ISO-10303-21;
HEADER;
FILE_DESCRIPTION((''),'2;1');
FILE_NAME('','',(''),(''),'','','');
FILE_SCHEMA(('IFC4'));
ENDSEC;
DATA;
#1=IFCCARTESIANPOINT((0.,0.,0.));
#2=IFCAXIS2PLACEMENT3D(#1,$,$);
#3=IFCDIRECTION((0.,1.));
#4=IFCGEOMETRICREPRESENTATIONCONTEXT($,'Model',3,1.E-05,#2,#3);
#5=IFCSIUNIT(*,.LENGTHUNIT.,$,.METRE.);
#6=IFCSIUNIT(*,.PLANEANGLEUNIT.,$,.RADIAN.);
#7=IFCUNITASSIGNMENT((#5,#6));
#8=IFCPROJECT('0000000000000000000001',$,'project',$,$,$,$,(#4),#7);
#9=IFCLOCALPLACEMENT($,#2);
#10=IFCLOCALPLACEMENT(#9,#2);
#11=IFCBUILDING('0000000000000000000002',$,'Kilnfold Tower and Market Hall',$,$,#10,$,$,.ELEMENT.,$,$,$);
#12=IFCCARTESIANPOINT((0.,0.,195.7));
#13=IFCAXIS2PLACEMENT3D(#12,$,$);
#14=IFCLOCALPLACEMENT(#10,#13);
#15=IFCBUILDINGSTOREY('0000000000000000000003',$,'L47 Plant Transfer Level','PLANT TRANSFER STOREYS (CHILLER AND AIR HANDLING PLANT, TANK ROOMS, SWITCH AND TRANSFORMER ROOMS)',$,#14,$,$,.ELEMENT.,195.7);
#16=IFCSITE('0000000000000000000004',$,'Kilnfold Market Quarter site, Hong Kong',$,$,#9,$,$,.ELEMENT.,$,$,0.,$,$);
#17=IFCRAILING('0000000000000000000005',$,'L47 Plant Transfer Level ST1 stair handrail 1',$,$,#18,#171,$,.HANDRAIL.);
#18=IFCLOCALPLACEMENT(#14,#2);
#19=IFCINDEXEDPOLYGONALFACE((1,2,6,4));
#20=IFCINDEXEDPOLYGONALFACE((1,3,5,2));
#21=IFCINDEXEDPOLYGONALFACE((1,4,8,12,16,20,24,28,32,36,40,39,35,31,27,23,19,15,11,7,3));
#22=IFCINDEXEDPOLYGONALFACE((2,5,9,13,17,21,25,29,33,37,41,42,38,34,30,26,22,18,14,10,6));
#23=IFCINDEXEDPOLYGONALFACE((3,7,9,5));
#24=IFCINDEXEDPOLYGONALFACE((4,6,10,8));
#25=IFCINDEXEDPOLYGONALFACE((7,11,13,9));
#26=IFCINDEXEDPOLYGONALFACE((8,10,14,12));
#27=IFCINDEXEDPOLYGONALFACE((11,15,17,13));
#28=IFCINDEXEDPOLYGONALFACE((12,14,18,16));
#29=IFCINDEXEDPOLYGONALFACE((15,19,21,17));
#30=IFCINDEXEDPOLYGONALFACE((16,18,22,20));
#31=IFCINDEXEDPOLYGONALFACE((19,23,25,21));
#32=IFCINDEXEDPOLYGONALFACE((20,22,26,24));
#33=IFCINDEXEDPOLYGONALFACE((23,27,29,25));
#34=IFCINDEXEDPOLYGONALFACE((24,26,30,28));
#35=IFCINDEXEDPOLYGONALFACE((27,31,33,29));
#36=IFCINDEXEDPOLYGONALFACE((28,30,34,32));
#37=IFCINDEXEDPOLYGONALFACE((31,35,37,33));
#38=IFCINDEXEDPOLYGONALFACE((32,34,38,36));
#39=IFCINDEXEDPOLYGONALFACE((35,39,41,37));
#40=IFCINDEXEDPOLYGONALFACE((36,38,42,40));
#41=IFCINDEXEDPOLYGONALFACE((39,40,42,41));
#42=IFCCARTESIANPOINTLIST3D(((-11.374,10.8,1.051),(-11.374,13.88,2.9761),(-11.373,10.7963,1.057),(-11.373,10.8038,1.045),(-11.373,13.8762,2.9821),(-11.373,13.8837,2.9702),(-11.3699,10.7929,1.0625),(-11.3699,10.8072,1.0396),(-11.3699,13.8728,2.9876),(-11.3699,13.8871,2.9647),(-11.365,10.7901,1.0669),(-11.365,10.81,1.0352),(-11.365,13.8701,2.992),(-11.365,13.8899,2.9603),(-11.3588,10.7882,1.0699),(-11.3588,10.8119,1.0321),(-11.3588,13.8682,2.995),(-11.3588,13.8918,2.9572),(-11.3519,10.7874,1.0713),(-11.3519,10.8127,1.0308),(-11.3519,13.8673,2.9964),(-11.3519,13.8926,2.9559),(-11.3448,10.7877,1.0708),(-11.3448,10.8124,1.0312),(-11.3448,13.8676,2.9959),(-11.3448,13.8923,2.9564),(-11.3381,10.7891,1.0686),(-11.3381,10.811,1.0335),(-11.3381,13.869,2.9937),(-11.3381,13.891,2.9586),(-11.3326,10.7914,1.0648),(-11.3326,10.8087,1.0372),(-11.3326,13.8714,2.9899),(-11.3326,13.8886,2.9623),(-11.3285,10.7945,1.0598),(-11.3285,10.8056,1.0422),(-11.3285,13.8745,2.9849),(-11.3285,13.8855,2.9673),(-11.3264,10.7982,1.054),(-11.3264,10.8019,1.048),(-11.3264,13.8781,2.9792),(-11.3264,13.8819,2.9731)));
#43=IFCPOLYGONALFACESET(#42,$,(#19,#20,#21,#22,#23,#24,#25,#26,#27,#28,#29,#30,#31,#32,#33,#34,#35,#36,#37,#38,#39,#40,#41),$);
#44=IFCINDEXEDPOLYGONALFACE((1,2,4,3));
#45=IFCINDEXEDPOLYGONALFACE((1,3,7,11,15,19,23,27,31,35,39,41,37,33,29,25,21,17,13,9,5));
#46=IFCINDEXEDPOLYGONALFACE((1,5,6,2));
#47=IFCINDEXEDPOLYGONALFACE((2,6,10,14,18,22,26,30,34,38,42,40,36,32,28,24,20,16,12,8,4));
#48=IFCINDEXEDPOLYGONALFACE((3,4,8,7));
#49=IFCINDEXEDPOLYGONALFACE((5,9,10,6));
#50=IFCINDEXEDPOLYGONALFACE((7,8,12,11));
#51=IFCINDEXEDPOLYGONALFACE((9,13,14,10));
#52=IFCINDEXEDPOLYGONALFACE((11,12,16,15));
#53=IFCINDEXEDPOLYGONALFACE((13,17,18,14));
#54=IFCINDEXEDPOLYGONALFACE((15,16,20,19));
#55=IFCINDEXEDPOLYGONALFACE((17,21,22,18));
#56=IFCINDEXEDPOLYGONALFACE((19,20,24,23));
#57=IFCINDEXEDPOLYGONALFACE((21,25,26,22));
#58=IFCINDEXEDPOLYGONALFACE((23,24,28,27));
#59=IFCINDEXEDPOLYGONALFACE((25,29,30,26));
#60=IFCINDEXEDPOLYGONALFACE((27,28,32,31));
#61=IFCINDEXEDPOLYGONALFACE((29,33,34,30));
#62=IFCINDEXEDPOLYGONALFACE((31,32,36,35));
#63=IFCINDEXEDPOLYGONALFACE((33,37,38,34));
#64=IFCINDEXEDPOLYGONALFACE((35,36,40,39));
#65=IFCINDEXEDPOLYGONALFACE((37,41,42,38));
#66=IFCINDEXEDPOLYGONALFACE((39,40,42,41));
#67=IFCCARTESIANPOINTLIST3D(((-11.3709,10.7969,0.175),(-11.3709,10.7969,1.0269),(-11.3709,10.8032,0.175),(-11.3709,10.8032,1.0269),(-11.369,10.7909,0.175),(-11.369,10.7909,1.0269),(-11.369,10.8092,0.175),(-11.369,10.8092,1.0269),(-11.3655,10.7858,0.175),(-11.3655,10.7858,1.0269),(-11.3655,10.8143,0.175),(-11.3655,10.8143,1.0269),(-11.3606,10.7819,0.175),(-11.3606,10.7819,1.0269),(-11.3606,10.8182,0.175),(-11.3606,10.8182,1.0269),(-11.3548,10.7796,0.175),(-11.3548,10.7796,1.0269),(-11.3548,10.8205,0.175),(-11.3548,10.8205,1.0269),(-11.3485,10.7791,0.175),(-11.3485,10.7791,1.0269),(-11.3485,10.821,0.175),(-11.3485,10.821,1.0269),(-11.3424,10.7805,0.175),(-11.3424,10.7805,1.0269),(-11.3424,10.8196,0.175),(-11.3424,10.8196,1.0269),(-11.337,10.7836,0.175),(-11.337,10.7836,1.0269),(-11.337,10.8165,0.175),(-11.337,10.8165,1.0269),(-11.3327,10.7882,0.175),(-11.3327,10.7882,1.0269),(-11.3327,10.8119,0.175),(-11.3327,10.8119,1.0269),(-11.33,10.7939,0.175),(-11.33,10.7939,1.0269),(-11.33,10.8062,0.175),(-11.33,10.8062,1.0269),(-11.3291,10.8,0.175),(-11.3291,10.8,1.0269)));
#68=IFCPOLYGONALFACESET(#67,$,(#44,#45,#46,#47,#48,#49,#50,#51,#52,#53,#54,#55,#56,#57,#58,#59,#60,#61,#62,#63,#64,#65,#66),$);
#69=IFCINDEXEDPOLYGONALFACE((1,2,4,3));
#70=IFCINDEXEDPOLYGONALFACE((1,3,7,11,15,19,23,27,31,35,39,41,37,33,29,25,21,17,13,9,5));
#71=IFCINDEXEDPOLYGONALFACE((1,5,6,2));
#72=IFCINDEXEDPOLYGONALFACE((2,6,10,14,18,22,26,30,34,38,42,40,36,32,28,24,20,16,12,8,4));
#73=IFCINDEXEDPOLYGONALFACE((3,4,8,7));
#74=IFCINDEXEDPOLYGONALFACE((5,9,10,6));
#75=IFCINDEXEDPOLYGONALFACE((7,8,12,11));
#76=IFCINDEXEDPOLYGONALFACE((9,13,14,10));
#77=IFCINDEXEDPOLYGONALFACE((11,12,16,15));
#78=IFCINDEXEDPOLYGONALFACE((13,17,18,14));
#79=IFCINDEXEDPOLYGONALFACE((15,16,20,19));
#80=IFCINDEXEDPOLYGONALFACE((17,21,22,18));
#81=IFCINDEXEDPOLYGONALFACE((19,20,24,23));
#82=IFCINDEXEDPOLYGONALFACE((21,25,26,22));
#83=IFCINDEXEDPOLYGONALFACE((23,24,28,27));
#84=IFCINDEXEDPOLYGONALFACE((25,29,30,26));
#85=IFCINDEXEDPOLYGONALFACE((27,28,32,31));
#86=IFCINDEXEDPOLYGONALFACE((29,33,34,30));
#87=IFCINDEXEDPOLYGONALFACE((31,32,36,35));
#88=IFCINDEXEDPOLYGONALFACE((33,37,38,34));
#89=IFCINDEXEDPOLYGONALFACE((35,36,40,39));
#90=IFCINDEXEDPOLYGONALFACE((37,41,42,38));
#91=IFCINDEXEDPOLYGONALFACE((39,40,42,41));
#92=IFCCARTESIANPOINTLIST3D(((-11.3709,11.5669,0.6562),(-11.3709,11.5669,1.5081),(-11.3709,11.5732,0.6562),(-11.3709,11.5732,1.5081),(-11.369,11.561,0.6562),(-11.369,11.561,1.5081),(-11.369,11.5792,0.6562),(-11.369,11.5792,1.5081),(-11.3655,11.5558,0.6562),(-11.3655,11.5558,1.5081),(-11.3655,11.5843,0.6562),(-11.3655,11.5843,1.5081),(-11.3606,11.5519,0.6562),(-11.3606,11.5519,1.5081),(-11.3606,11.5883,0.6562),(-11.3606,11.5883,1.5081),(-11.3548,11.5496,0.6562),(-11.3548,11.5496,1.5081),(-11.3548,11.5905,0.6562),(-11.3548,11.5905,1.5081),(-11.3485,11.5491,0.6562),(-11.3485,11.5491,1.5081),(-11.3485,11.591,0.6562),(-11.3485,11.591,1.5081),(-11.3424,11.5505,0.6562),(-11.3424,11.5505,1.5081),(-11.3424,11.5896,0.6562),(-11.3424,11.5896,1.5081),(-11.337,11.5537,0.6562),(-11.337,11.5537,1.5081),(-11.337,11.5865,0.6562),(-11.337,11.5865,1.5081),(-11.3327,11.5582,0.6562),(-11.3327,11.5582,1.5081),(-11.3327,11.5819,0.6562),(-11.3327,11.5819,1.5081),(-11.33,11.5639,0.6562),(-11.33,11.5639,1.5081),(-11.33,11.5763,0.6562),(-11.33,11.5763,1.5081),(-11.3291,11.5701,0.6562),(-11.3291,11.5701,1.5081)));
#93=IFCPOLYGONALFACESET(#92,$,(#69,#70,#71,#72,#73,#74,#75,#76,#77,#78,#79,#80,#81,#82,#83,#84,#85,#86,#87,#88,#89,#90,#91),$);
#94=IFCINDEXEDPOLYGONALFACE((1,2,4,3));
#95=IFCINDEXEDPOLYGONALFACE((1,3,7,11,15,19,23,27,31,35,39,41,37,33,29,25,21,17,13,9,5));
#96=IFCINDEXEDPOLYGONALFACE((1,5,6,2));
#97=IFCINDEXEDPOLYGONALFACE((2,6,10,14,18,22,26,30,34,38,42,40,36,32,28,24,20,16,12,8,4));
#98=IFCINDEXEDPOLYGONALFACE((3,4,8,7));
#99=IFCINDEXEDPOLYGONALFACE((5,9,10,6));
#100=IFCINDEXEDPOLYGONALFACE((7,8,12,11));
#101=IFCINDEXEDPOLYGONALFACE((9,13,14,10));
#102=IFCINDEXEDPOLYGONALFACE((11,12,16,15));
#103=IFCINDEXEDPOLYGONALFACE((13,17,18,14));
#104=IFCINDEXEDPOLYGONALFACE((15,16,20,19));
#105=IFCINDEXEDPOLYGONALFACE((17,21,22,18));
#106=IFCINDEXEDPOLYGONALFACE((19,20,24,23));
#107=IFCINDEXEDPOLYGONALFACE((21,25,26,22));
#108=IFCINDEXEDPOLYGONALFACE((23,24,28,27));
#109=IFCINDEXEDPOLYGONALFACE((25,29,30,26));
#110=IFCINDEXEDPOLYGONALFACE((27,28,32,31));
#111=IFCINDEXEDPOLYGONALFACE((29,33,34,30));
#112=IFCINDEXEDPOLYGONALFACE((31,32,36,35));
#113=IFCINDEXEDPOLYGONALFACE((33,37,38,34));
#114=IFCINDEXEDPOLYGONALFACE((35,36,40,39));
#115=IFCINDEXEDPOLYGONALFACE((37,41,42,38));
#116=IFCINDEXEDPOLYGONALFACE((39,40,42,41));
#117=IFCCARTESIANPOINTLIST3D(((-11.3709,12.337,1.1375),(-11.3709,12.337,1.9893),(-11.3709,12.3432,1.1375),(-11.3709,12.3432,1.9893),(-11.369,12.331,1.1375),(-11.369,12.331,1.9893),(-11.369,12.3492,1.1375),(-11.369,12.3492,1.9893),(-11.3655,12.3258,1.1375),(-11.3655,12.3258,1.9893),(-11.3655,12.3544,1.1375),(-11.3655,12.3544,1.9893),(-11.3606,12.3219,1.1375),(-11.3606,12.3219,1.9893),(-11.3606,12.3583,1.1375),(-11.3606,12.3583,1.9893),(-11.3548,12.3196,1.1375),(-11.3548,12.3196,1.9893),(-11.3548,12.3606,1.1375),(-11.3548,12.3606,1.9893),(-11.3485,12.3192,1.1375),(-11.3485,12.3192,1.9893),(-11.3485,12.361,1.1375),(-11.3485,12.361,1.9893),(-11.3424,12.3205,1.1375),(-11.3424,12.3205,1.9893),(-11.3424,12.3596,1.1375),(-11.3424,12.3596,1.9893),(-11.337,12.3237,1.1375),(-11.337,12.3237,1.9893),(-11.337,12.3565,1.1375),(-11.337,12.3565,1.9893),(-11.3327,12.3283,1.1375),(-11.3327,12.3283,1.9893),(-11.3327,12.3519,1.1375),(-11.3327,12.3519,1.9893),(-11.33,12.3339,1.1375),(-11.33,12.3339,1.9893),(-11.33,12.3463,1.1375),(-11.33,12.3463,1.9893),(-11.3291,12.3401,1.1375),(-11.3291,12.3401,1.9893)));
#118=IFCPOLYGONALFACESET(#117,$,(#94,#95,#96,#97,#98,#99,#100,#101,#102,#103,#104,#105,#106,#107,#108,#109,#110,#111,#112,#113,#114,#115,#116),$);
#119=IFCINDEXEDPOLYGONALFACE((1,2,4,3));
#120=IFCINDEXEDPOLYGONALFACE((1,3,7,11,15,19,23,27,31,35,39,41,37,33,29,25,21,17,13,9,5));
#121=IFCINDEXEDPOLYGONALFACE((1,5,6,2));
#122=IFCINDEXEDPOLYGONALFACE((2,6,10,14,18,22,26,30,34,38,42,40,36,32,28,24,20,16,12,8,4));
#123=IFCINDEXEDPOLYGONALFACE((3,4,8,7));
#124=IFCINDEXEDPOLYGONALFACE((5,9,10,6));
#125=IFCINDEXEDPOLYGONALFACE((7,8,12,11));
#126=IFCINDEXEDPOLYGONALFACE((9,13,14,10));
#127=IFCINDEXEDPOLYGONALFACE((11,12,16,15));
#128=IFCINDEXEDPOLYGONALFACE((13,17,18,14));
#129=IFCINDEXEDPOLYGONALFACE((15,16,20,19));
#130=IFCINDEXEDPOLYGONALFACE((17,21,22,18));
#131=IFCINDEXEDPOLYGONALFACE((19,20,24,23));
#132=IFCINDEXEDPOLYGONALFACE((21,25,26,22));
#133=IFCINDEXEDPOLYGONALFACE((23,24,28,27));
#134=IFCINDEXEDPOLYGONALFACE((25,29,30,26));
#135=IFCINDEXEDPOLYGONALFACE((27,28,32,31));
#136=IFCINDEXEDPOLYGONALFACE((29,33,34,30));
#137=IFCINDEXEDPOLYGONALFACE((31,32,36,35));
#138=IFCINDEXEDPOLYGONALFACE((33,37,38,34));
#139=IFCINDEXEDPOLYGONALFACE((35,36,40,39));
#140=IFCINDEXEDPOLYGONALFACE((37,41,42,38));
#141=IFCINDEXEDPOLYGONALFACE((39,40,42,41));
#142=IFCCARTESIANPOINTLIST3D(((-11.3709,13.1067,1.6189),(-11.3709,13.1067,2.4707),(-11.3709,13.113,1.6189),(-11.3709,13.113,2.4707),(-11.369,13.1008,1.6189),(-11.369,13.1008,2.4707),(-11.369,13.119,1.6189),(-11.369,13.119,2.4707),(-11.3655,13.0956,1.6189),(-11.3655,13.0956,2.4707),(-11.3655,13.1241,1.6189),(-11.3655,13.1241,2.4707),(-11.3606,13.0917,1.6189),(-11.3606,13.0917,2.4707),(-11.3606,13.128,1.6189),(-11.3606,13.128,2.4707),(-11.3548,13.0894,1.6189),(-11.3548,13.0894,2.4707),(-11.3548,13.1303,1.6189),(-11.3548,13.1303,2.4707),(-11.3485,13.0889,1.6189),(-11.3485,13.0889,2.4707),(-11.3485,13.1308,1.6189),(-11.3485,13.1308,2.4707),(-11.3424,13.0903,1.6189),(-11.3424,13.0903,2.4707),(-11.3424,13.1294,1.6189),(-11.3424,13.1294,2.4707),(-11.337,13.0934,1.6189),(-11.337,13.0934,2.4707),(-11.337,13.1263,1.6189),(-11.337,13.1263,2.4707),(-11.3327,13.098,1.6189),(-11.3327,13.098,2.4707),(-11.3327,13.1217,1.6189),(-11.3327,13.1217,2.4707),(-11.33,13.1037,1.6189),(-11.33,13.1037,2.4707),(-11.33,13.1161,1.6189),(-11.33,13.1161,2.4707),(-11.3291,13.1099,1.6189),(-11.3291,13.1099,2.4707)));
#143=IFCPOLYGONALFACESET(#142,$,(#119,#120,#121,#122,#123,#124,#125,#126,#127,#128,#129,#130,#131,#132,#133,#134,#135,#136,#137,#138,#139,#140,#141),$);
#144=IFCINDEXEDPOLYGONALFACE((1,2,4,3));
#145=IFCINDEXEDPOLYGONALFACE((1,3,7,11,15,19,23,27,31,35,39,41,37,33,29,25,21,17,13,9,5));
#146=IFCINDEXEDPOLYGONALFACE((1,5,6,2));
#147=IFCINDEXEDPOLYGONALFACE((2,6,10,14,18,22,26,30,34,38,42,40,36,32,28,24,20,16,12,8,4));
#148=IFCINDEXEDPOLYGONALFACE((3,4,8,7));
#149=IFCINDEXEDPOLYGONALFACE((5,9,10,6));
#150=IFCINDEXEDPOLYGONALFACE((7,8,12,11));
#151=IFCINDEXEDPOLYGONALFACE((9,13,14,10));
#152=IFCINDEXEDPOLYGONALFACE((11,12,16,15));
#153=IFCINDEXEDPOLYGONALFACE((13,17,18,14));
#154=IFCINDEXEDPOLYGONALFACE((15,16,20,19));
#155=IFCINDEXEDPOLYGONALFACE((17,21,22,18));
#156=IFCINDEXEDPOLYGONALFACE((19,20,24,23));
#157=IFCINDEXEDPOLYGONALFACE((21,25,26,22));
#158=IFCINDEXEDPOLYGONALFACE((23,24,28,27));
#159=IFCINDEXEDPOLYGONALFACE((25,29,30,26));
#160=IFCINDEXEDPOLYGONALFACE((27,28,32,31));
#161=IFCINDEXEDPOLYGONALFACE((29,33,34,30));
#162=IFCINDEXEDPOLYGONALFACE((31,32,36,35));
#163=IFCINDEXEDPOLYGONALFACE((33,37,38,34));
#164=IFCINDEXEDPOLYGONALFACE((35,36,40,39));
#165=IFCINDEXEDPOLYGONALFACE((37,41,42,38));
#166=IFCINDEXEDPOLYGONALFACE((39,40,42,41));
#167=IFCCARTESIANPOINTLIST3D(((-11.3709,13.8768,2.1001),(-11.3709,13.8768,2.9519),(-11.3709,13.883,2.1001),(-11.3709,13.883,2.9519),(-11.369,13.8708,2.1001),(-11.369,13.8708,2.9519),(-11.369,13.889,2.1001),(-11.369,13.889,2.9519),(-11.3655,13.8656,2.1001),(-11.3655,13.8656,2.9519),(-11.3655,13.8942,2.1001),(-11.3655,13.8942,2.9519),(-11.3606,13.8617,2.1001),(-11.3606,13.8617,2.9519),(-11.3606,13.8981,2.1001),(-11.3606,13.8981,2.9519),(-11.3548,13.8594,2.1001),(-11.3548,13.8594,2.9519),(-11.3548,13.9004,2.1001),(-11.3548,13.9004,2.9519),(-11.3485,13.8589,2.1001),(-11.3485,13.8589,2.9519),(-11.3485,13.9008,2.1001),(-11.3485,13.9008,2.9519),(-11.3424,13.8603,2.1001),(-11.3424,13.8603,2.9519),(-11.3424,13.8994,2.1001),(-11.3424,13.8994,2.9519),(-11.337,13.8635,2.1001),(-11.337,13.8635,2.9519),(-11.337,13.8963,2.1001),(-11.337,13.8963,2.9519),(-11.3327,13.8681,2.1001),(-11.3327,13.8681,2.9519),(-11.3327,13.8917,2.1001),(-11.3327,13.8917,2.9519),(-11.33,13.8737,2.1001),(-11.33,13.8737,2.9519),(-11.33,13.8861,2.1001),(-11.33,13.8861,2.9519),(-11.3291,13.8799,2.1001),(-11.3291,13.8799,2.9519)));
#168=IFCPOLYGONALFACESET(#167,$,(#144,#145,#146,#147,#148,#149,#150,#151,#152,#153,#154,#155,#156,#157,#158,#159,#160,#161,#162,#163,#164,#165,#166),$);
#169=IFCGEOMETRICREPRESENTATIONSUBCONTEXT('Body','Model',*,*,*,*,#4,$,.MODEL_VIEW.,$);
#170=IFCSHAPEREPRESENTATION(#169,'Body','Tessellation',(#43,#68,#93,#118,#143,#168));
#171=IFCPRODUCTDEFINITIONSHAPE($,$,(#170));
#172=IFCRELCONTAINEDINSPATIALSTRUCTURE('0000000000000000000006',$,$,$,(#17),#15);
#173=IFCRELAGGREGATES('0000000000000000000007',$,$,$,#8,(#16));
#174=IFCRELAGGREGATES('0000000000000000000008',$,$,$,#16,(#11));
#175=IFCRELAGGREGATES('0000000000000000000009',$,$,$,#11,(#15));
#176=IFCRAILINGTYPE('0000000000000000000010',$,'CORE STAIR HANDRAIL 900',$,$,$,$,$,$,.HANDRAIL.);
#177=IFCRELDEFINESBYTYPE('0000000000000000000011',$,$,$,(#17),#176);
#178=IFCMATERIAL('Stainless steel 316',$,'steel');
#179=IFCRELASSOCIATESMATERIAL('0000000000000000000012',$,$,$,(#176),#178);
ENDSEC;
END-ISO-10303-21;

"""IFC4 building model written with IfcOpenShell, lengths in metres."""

from ifc_helpers import new_model, si_unit, direction, frame, origin, origin_2d, place, context, subcontext, project, spatial, circle, extrude, material, type_object, element, save


model = new_model("IFC4")

# Units and contexts
model_context = context("Model", 3, precision=1e-05, world=origin(), true_north=direction((0.0, 1.0)))
body_context = subcontext(model_context, "Body", "Model", "MODEL_VIEW")
ifc_project = project(units=[si_unit("LENGTHUNIT", "METRE"), si_unit("PLANEANGLEUNIT", "RADIAN")], contexts=[model_context])

# Site, building, storey
site_placement = place(None, origin())
site = spatial("IfcSite", under=ifc_project, at=site_placement, Name="Kilnfold Market Quarter site, Hong Kong", CompositionType="ELEMENT", RefElevation=0.0)
building_placement = place(site_placement, origin())
building = spatial("IfcBuilding", under=site, at=building_placement, Name="Kilnfold Tower and Market Hall", CompositionType="ELEMENT")
storey_placement = place(building_placement, frame((0.0, 0.0, 195.7)))
storey = spatial("IfcBuildingStorey", under=building, at=storey_placement, Name="L47 Plant Transfer Level", Description="PLANT TRANSFER STOREYS (CHILLER AND AIR HANDLING PLANT, TANK ROOMS, SWITCH AND TRANSFORMER ROOMS)", CompositionType="ELEMENT", Elevation=195.7)

# Railing
ifc_material_1 = material(Name="Stainless steel 316", Category="steel")
railing_type_1 = type_object("IfcRailingType", Name="CORE STAIR HANDRAIL 900", PredefinedType="HANDRAIL", material=ifc_material_1)
railing_1_placement = place(storey_placement, frame((-11.3501, 10.8, 0.175)))
element("IfcRailing", 1, at=railing_1_placement, inside=storey, type_object=railing_type_1, Name="L47 Plant Transfer Level ST1 stair handrail 1", PredefinedType="HANDRAIL", context=body_context, shape_type="SweptSolid", body=[
    extrude(circle(Radius=0.0239, at=origin_2d()), frame((0.0, 0.0, 0.876), z_axis=(0.0, 0.847979, 0.530029), x_axis=(-1.0, 0.0, 0.0)), (0.0, 0.0, 1.0), 3.6321),
    extrude(circle(Radius=0.021, at=origin_2d()), origin(), (0.0, 0.0, 1.0), 0.8518),
    extrude(circle(Radius=0.021, at=origin_2d()), frame((0.0, 0.77, 0.4812)), (0.0, 0.0, 1.0), 0.8518),
    extrude(circle(Radius=0.021, at=origin_2d()), frame((0.0, 1.54, 0.9624)), (0.0, 0.0, 1.0), 0.8518),
    extrude(circle(Radius=0.021, at=origin_2d()), frame((0.0, 2.3098, 1.4438)), (0.0, 0.0, 1.0), 0.8518),
    extrude(circle(Radius=0.021, at=origin_2d()), frame((0.0, 3.0798, 1.925)), (0.0, 0.0, 1.0), 0.8518),
])

save(model, "model.ifc")
